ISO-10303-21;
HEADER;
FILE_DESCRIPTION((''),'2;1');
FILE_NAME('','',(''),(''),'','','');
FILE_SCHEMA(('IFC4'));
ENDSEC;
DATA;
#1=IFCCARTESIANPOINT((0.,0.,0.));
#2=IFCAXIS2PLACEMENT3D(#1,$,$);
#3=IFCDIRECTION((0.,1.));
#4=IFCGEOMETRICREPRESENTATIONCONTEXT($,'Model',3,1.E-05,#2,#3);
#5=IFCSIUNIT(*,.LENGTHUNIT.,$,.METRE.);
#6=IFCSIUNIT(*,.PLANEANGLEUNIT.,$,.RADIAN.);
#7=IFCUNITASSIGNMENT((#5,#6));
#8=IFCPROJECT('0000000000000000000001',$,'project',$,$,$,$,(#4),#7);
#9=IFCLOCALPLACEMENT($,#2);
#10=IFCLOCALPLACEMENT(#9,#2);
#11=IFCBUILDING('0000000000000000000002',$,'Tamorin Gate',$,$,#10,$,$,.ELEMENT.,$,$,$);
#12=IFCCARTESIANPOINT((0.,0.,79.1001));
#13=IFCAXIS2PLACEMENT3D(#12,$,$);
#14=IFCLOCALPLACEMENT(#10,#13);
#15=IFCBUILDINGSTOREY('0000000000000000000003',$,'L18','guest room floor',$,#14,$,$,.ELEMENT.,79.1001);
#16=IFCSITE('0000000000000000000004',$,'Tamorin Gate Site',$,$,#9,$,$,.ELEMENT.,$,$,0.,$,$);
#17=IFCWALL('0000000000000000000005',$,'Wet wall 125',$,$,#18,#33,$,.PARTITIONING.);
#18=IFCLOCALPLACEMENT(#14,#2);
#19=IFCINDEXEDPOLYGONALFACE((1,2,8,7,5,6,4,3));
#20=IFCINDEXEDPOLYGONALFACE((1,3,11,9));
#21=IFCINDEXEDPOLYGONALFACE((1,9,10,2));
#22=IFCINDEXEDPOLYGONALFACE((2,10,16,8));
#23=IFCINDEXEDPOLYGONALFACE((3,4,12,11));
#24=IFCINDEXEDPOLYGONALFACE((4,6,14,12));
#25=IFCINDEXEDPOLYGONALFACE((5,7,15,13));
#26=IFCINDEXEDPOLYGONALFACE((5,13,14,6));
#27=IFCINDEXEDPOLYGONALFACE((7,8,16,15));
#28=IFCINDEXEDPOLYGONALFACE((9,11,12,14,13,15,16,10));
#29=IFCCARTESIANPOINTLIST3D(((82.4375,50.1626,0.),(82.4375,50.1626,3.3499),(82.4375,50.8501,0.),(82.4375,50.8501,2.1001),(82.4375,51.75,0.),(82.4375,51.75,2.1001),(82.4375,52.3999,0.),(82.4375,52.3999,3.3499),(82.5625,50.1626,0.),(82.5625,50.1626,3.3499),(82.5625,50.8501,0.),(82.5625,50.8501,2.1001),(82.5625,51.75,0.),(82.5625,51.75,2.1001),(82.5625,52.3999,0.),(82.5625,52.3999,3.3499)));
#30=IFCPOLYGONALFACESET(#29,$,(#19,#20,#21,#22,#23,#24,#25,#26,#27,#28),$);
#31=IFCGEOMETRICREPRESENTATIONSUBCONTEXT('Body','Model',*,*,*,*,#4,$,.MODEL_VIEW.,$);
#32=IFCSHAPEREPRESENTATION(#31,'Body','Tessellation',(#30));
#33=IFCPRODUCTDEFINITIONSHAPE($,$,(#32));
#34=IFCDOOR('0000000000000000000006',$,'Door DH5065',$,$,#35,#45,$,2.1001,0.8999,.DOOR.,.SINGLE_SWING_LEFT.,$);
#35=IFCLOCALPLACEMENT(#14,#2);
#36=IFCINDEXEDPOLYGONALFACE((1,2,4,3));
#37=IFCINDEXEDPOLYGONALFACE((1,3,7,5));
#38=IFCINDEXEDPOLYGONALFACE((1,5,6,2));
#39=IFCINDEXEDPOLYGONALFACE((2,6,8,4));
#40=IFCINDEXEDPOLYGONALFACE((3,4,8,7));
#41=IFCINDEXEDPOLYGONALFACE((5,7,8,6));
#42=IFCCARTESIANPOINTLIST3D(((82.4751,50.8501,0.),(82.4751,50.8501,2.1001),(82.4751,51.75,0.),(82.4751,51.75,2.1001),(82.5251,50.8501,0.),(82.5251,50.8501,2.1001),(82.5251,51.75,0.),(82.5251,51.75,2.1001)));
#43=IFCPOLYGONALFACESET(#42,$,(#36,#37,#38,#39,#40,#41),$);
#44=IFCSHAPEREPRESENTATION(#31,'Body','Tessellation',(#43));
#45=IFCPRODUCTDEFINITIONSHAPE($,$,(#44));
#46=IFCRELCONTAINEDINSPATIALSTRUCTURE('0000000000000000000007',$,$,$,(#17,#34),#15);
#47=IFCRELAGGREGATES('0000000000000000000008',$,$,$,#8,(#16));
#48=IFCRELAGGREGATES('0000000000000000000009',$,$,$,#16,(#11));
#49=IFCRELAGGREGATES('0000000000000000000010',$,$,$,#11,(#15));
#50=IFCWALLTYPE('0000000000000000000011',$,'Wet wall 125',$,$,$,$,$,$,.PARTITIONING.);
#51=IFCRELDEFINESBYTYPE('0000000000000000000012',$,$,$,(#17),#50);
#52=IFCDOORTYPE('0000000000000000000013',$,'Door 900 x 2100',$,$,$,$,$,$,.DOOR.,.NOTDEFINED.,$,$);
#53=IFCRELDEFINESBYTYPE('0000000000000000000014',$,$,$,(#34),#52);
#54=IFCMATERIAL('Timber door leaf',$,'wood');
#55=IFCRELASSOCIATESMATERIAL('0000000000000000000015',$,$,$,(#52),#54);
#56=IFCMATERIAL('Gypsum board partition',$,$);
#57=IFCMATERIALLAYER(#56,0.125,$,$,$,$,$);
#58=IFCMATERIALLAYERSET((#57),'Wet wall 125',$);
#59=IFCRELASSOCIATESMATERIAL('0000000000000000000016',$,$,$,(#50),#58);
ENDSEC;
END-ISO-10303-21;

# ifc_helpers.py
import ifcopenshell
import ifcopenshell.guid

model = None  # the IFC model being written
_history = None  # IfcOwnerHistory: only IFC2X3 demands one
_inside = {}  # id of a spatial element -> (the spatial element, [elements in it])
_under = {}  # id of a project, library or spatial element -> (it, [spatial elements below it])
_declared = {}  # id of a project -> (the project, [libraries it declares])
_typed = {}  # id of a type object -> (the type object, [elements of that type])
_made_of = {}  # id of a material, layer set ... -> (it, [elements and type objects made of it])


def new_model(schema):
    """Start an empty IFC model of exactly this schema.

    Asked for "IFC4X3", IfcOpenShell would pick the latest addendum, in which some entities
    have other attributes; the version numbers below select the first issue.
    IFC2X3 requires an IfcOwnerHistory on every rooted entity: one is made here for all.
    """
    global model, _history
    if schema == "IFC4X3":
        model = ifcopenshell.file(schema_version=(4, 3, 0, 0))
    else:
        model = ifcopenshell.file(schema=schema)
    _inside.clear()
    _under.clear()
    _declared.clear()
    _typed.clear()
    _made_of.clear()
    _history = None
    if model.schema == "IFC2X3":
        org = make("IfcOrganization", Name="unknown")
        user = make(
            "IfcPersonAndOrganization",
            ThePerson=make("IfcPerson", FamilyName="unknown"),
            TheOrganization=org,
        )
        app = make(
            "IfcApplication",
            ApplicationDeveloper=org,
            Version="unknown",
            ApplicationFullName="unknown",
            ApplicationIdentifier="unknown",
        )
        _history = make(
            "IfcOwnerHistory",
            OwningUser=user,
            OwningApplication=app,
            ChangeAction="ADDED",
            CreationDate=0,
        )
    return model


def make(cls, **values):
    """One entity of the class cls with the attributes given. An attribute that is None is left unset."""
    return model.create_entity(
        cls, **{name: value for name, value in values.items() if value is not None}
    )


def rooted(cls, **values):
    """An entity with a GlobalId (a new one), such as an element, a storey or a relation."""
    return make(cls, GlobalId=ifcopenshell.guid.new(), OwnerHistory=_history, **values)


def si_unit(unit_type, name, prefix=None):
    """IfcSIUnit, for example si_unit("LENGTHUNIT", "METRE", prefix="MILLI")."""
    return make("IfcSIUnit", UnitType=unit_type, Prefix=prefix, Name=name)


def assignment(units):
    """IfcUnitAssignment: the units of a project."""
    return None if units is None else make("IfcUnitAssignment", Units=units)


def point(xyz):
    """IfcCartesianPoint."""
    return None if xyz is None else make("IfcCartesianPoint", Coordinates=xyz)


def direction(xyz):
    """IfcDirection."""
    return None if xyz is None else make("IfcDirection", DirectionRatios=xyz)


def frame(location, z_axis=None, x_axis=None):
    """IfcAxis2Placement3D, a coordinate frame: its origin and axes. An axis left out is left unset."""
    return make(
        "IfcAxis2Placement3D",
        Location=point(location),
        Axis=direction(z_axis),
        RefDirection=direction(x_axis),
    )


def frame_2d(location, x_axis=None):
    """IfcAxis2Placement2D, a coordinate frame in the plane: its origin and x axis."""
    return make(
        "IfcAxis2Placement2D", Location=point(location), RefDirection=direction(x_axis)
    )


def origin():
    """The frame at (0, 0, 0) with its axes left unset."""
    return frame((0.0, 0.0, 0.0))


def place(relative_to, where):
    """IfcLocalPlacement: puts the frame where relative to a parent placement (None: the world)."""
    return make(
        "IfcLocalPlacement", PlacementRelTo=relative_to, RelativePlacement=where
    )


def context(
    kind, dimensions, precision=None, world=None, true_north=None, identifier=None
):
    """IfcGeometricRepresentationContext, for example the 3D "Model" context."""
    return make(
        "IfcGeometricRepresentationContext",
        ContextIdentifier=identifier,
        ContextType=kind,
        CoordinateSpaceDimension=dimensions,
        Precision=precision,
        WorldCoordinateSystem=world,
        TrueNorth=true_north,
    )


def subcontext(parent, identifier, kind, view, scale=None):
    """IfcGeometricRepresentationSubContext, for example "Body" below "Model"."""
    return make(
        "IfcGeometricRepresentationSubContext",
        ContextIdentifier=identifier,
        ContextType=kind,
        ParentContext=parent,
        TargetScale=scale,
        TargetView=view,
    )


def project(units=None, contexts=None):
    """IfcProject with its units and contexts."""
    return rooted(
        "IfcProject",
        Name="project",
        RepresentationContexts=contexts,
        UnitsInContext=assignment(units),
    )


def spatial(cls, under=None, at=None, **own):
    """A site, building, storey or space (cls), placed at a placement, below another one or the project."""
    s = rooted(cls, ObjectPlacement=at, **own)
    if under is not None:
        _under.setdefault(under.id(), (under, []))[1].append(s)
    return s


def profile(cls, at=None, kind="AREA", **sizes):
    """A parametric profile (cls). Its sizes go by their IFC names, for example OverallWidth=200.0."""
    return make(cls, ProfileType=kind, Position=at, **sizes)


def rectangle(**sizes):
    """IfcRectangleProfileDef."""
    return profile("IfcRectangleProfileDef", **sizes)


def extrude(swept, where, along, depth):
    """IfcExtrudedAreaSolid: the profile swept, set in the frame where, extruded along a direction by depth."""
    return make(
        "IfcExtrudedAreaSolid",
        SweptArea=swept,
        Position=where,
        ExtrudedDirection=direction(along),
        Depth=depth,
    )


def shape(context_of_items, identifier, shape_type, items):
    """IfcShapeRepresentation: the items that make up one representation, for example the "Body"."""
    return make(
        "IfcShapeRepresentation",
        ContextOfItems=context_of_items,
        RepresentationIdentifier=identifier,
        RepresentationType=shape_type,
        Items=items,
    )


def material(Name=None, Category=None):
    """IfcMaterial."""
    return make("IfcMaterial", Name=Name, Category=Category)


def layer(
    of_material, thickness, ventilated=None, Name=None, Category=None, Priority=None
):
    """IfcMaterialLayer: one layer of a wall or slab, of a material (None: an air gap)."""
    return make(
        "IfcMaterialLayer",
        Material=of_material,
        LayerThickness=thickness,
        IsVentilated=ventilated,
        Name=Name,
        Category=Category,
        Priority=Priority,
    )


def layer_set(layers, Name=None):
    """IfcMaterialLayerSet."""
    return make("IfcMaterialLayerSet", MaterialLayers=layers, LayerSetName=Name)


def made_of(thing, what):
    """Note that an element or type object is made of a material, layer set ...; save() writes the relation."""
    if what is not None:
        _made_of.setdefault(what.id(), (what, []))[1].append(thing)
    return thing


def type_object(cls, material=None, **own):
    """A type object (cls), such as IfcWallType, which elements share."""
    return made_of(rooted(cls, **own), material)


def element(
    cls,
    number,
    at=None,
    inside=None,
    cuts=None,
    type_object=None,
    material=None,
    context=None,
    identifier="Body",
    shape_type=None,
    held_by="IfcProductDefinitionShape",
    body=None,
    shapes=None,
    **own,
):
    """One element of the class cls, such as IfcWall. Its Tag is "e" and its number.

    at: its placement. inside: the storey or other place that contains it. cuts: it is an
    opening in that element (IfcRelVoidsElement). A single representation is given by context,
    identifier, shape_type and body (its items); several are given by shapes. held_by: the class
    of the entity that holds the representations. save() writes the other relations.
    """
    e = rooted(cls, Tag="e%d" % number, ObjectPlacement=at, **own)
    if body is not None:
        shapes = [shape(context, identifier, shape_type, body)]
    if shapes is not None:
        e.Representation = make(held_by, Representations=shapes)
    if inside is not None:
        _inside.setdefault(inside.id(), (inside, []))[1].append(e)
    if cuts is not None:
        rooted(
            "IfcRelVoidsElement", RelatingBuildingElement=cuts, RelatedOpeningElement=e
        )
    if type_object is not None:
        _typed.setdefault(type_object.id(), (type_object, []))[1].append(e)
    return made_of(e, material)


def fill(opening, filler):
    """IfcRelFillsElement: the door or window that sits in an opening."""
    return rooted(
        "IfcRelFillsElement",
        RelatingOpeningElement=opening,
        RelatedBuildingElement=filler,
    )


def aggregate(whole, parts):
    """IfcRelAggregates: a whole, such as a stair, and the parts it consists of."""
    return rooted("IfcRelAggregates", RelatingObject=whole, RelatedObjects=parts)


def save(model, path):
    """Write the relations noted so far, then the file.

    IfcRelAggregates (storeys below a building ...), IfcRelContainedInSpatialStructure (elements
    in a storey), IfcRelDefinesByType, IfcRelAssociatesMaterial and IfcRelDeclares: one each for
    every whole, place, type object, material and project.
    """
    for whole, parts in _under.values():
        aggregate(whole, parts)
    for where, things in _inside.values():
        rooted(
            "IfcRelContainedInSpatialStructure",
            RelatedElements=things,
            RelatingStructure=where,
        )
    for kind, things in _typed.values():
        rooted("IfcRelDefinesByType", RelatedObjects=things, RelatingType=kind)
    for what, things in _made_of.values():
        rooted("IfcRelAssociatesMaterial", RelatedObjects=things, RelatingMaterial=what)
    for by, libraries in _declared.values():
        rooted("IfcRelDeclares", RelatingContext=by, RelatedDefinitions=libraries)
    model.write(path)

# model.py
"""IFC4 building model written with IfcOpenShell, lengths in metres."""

from ifc_helpers import new_model, si_unit, direction, frame, frame_2d, origin, place, context, subcontext, project, spatial, rectangle, extrude, material, layer, layer_set, type_object, element, fill, save


model = new_model("IFC4")

# Units and contexts
model_context = context("Model", 3, precision=1e-05, world=origin(), true_north=direction((0.0, 1.0)))
body_context = subcontext(model_context, "Body", "Model", "MODEL_VIEW")
ifc_project = project(units=[si_unit("LENGTHUNIT", "METRE"), si_unit("PLANEANGLEUNIT", "RADIAN")], contexts=[model_context])

# Site, building, storey
site_placement = place(None, origin())
site = spatial("IfcSite", under=ifc_project, at=site_placement, Name="Tamorin Gate Site", CompositionType="ELEMENT", RefElevation=0.0)
building_placement = place(site_placement, origin())
building = spatial("IfcBuilding", under=site, at=building_placement, Name="Tamorin Gate", CompositionType="ELEMENT")
storey_placement = place(building_placement, frame((0.0, 0.0, 79.1001)))
storey = spatial("IfcBuildingStorey", under=building, at=storey_placement, Name="L18", Description="guest room floor", CompositionType="ELEMENT", Elevation=79.1001)

# Shared definitions
ifc_material_1 = material(Name="Gypsum board partition")
ifc_material_2 = material(Name="Timber door leaf", Category="wood")
door_type = type_object("IfcDoorType", Name="Door 900 x 2100", OperationType="NOTDEFINED", PredefinedType="DOOR", material=ifc_material_2)

# Shared definitions
ifc_layer_1 = layer(ifc_material_1, 0.125)
ifc_layer_set_1 = layer_set([ifc_layer_1], Name="Wet wall 125")
wall_type_1 = type_object("IfcWallType", Name="Wet wall 125", PredefinedType="PARTITIONING", material=ifc_layer_set_1)

# Wall, opening, door
wall_1_placement = place(storey_placement, frame((82.5, 50.1626, 0.0), z_axis=(0.0, 0.0, 1.0), x_axis=(0.0, 1.0, 0.0)))
wall_1 = element("IfcWall", 1, at=wall_1_placement, inside=storey, type_object=wall_type_1, Name="Wet wall 125", PredefinedType="PARTITIONING", context=body_context, shape_type="SweptSolid", body=[
    extrude(rectangle(XDim=2.2373, YDim=0.125, at=frame_2d((1.1187, 0.0))), origin(), (0.0, 0.0, 1.0), 3.3499),
])
opening_1_placement = place(wall_1_placement, frame((0.6875, 0.0, 0.0)))
opening_1 = element("IfcOpeningElement", 2, at=opening_1_placement, cuts=wall_1, PredefinedType="OPENING", context=body_context, shape_type="SweptSolid", body=[
    extrude(rectangle(XDim=0.8999, YDim=2.1001, at=frame_2d((0.45, 1.05))), frame((0.0, 0.0725, 0.0), z_axis=(0.0, -1.0, 0.0), x_axis=(1.0, 0.0, 0.0)), (0.0, 0.0, 1.0), 0.145),
])
door_1_placement = place(opening_1_placement, origin())
door_1 = element("IfcDoor", 3, at=door_1_placement, inside=storey, type_object=door_type, Name="Door DH5065", OperationType="SINGLE_SWING_LEFT", OverallHeight=2.1001, OverallWidth=0.8999, PredefinedType="DOOR", context=body_context, shape_type="SweptSolid", body=[
    extrude(rectangle(XDim=0.8999, YDim=2.1001, at=frame_2d((0.45, 1.05))), frame((0.0, 0.0249, 0.0), z_axis=(0.0, -1.0, 0.0), x_axis=(1.0, 0.0, 0.0)), (0.0, 0.0, 1.0), 0.05),
])
fill(opening_1, door_1)

save(model, "model.ifc")
